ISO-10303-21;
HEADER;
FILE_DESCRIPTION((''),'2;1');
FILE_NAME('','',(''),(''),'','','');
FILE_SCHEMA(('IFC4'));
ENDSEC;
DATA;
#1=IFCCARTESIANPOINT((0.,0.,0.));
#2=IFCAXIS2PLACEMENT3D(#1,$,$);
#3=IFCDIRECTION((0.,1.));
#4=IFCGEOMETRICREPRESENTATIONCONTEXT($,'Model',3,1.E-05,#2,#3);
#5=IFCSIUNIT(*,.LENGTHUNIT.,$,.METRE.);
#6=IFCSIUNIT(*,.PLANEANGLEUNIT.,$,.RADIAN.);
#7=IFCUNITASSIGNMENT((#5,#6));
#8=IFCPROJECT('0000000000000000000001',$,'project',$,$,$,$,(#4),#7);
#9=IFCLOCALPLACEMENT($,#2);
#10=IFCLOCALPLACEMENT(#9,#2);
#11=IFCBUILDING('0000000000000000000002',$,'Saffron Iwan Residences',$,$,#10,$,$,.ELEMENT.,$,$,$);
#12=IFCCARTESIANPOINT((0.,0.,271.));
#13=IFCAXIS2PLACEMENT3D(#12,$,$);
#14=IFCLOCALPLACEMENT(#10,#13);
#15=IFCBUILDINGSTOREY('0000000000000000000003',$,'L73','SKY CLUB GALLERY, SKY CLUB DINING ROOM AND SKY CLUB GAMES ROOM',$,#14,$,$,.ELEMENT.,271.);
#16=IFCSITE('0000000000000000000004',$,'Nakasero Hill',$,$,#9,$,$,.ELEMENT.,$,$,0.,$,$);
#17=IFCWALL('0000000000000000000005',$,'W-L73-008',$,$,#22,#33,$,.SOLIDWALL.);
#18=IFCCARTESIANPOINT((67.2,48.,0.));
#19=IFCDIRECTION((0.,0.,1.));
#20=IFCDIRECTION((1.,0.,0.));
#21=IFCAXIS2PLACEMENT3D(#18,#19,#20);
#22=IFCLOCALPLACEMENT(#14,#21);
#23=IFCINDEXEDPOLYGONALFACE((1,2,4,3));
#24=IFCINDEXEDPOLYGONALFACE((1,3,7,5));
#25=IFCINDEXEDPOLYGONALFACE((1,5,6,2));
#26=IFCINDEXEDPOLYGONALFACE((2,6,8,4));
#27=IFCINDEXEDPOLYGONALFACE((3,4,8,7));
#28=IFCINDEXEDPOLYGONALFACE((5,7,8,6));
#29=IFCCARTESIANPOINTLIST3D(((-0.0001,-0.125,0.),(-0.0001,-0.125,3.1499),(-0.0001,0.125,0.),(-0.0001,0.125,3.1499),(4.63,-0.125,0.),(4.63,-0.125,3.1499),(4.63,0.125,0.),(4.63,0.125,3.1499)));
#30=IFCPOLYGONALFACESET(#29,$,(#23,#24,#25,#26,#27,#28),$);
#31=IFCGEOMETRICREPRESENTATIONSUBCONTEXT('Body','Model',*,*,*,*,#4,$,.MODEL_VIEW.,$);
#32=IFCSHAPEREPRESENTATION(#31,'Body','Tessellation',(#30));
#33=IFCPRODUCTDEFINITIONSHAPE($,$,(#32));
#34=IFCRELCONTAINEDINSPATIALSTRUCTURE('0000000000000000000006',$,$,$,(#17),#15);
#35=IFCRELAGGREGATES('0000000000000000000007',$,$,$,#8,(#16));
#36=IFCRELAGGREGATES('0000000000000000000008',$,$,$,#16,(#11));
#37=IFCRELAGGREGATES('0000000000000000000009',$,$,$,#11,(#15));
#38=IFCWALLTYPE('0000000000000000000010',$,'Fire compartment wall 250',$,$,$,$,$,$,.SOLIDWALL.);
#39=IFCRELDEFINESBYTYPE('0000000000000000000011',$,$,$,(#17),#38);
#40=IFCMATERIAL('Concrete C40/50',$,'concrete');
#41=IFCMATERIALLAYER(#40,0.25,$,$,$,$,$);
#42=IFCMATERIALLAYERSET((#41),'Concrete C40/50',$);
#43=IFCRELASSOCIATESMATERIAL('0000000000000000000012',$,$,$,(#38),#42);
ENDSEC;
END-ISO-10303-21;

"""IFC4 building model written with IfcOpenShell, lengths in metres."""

from ifc_helpers import new_model, si_unit, direction, frame, frame_2d, origin, place, context, subcontext, project, spatial, rectangle, extrude, material, layer, layer_set, type_object, element, save


model = new_model("IFC4")

# Units and contexts
model_context = context("Model", 3, precision=1e-05, world=origin(), true_north=direction((0.0, 1.0)))
body_context = subcontext(model_context, "Body", "Model", "MODEL_VIEW")
ifc_project = project(units=[si_unit("LENGTHUNIT", "METRE"), si_unit("PLANEANGLEUNIT", "RADIAN")], contexts=[model_context])

# Site, building, storey
site_placement = place(None, origin())
site = spatial("IfcSite", under=ifc_project, at=site_placement, Name="Nakasero Hill", CompositionType="ELEMENT", RefElevation=0.0)
building_placement = place(site_placement, origin())
building = spatial("IfcBuilding", under=site, at=building_placement, Name="Saffron Iwan Residences", CompositionType="ELEMENT")
storey_placement = place(building_placement, frame((0.0, 0.0, 271.0)))
storey = spatial("IfcBuildingStorey", under=building, at=storey_placement, Name="L73", Description="SKY CLUB GALLERY, SKY CLUB DINING ROOM AND SKY CLUB GAMES ROOM", CompositionType="ELEMENT", Elevation=271.0)

# Shared definitions
ifc_material_1 = material(Name="Concrete C40/50", Category="concrete")

# Wall
ifc_layer_1 = layer(ifc_material_1, 0.25)
ifc_layer_set_1 = layer_set([ifc_layer_1], Name="Concrete C40/50")
wall_type_1 = type_object("IfcWallType", Name="Fire compartment wall 250", PredefinedType="SOLIDWALL", material=ifc_layer_set_1)
wall_1_placement = place(storey_placement, frame((67.2, 48.0, 0.0), z_axis=(0.0, 0.0, 1.0), x_axis=(1.0, 0.0, 0.0)))
element("IfcWall", 1, at=wall_1_placement, inside=storey, type_object=wall_type_1, Name="W-L73-008", PredefinedType="SOLIDWALL", context=body_context, shape_type="SweptSolid", body=[
    extrude(rectangle(XDim=4.6301, YDim=0.25, at=frame_2d((2.3149, 0.0))), origin(), (0.0, 0.0, 1.0), 3.1499),
])

save(model, "model.ifc")
